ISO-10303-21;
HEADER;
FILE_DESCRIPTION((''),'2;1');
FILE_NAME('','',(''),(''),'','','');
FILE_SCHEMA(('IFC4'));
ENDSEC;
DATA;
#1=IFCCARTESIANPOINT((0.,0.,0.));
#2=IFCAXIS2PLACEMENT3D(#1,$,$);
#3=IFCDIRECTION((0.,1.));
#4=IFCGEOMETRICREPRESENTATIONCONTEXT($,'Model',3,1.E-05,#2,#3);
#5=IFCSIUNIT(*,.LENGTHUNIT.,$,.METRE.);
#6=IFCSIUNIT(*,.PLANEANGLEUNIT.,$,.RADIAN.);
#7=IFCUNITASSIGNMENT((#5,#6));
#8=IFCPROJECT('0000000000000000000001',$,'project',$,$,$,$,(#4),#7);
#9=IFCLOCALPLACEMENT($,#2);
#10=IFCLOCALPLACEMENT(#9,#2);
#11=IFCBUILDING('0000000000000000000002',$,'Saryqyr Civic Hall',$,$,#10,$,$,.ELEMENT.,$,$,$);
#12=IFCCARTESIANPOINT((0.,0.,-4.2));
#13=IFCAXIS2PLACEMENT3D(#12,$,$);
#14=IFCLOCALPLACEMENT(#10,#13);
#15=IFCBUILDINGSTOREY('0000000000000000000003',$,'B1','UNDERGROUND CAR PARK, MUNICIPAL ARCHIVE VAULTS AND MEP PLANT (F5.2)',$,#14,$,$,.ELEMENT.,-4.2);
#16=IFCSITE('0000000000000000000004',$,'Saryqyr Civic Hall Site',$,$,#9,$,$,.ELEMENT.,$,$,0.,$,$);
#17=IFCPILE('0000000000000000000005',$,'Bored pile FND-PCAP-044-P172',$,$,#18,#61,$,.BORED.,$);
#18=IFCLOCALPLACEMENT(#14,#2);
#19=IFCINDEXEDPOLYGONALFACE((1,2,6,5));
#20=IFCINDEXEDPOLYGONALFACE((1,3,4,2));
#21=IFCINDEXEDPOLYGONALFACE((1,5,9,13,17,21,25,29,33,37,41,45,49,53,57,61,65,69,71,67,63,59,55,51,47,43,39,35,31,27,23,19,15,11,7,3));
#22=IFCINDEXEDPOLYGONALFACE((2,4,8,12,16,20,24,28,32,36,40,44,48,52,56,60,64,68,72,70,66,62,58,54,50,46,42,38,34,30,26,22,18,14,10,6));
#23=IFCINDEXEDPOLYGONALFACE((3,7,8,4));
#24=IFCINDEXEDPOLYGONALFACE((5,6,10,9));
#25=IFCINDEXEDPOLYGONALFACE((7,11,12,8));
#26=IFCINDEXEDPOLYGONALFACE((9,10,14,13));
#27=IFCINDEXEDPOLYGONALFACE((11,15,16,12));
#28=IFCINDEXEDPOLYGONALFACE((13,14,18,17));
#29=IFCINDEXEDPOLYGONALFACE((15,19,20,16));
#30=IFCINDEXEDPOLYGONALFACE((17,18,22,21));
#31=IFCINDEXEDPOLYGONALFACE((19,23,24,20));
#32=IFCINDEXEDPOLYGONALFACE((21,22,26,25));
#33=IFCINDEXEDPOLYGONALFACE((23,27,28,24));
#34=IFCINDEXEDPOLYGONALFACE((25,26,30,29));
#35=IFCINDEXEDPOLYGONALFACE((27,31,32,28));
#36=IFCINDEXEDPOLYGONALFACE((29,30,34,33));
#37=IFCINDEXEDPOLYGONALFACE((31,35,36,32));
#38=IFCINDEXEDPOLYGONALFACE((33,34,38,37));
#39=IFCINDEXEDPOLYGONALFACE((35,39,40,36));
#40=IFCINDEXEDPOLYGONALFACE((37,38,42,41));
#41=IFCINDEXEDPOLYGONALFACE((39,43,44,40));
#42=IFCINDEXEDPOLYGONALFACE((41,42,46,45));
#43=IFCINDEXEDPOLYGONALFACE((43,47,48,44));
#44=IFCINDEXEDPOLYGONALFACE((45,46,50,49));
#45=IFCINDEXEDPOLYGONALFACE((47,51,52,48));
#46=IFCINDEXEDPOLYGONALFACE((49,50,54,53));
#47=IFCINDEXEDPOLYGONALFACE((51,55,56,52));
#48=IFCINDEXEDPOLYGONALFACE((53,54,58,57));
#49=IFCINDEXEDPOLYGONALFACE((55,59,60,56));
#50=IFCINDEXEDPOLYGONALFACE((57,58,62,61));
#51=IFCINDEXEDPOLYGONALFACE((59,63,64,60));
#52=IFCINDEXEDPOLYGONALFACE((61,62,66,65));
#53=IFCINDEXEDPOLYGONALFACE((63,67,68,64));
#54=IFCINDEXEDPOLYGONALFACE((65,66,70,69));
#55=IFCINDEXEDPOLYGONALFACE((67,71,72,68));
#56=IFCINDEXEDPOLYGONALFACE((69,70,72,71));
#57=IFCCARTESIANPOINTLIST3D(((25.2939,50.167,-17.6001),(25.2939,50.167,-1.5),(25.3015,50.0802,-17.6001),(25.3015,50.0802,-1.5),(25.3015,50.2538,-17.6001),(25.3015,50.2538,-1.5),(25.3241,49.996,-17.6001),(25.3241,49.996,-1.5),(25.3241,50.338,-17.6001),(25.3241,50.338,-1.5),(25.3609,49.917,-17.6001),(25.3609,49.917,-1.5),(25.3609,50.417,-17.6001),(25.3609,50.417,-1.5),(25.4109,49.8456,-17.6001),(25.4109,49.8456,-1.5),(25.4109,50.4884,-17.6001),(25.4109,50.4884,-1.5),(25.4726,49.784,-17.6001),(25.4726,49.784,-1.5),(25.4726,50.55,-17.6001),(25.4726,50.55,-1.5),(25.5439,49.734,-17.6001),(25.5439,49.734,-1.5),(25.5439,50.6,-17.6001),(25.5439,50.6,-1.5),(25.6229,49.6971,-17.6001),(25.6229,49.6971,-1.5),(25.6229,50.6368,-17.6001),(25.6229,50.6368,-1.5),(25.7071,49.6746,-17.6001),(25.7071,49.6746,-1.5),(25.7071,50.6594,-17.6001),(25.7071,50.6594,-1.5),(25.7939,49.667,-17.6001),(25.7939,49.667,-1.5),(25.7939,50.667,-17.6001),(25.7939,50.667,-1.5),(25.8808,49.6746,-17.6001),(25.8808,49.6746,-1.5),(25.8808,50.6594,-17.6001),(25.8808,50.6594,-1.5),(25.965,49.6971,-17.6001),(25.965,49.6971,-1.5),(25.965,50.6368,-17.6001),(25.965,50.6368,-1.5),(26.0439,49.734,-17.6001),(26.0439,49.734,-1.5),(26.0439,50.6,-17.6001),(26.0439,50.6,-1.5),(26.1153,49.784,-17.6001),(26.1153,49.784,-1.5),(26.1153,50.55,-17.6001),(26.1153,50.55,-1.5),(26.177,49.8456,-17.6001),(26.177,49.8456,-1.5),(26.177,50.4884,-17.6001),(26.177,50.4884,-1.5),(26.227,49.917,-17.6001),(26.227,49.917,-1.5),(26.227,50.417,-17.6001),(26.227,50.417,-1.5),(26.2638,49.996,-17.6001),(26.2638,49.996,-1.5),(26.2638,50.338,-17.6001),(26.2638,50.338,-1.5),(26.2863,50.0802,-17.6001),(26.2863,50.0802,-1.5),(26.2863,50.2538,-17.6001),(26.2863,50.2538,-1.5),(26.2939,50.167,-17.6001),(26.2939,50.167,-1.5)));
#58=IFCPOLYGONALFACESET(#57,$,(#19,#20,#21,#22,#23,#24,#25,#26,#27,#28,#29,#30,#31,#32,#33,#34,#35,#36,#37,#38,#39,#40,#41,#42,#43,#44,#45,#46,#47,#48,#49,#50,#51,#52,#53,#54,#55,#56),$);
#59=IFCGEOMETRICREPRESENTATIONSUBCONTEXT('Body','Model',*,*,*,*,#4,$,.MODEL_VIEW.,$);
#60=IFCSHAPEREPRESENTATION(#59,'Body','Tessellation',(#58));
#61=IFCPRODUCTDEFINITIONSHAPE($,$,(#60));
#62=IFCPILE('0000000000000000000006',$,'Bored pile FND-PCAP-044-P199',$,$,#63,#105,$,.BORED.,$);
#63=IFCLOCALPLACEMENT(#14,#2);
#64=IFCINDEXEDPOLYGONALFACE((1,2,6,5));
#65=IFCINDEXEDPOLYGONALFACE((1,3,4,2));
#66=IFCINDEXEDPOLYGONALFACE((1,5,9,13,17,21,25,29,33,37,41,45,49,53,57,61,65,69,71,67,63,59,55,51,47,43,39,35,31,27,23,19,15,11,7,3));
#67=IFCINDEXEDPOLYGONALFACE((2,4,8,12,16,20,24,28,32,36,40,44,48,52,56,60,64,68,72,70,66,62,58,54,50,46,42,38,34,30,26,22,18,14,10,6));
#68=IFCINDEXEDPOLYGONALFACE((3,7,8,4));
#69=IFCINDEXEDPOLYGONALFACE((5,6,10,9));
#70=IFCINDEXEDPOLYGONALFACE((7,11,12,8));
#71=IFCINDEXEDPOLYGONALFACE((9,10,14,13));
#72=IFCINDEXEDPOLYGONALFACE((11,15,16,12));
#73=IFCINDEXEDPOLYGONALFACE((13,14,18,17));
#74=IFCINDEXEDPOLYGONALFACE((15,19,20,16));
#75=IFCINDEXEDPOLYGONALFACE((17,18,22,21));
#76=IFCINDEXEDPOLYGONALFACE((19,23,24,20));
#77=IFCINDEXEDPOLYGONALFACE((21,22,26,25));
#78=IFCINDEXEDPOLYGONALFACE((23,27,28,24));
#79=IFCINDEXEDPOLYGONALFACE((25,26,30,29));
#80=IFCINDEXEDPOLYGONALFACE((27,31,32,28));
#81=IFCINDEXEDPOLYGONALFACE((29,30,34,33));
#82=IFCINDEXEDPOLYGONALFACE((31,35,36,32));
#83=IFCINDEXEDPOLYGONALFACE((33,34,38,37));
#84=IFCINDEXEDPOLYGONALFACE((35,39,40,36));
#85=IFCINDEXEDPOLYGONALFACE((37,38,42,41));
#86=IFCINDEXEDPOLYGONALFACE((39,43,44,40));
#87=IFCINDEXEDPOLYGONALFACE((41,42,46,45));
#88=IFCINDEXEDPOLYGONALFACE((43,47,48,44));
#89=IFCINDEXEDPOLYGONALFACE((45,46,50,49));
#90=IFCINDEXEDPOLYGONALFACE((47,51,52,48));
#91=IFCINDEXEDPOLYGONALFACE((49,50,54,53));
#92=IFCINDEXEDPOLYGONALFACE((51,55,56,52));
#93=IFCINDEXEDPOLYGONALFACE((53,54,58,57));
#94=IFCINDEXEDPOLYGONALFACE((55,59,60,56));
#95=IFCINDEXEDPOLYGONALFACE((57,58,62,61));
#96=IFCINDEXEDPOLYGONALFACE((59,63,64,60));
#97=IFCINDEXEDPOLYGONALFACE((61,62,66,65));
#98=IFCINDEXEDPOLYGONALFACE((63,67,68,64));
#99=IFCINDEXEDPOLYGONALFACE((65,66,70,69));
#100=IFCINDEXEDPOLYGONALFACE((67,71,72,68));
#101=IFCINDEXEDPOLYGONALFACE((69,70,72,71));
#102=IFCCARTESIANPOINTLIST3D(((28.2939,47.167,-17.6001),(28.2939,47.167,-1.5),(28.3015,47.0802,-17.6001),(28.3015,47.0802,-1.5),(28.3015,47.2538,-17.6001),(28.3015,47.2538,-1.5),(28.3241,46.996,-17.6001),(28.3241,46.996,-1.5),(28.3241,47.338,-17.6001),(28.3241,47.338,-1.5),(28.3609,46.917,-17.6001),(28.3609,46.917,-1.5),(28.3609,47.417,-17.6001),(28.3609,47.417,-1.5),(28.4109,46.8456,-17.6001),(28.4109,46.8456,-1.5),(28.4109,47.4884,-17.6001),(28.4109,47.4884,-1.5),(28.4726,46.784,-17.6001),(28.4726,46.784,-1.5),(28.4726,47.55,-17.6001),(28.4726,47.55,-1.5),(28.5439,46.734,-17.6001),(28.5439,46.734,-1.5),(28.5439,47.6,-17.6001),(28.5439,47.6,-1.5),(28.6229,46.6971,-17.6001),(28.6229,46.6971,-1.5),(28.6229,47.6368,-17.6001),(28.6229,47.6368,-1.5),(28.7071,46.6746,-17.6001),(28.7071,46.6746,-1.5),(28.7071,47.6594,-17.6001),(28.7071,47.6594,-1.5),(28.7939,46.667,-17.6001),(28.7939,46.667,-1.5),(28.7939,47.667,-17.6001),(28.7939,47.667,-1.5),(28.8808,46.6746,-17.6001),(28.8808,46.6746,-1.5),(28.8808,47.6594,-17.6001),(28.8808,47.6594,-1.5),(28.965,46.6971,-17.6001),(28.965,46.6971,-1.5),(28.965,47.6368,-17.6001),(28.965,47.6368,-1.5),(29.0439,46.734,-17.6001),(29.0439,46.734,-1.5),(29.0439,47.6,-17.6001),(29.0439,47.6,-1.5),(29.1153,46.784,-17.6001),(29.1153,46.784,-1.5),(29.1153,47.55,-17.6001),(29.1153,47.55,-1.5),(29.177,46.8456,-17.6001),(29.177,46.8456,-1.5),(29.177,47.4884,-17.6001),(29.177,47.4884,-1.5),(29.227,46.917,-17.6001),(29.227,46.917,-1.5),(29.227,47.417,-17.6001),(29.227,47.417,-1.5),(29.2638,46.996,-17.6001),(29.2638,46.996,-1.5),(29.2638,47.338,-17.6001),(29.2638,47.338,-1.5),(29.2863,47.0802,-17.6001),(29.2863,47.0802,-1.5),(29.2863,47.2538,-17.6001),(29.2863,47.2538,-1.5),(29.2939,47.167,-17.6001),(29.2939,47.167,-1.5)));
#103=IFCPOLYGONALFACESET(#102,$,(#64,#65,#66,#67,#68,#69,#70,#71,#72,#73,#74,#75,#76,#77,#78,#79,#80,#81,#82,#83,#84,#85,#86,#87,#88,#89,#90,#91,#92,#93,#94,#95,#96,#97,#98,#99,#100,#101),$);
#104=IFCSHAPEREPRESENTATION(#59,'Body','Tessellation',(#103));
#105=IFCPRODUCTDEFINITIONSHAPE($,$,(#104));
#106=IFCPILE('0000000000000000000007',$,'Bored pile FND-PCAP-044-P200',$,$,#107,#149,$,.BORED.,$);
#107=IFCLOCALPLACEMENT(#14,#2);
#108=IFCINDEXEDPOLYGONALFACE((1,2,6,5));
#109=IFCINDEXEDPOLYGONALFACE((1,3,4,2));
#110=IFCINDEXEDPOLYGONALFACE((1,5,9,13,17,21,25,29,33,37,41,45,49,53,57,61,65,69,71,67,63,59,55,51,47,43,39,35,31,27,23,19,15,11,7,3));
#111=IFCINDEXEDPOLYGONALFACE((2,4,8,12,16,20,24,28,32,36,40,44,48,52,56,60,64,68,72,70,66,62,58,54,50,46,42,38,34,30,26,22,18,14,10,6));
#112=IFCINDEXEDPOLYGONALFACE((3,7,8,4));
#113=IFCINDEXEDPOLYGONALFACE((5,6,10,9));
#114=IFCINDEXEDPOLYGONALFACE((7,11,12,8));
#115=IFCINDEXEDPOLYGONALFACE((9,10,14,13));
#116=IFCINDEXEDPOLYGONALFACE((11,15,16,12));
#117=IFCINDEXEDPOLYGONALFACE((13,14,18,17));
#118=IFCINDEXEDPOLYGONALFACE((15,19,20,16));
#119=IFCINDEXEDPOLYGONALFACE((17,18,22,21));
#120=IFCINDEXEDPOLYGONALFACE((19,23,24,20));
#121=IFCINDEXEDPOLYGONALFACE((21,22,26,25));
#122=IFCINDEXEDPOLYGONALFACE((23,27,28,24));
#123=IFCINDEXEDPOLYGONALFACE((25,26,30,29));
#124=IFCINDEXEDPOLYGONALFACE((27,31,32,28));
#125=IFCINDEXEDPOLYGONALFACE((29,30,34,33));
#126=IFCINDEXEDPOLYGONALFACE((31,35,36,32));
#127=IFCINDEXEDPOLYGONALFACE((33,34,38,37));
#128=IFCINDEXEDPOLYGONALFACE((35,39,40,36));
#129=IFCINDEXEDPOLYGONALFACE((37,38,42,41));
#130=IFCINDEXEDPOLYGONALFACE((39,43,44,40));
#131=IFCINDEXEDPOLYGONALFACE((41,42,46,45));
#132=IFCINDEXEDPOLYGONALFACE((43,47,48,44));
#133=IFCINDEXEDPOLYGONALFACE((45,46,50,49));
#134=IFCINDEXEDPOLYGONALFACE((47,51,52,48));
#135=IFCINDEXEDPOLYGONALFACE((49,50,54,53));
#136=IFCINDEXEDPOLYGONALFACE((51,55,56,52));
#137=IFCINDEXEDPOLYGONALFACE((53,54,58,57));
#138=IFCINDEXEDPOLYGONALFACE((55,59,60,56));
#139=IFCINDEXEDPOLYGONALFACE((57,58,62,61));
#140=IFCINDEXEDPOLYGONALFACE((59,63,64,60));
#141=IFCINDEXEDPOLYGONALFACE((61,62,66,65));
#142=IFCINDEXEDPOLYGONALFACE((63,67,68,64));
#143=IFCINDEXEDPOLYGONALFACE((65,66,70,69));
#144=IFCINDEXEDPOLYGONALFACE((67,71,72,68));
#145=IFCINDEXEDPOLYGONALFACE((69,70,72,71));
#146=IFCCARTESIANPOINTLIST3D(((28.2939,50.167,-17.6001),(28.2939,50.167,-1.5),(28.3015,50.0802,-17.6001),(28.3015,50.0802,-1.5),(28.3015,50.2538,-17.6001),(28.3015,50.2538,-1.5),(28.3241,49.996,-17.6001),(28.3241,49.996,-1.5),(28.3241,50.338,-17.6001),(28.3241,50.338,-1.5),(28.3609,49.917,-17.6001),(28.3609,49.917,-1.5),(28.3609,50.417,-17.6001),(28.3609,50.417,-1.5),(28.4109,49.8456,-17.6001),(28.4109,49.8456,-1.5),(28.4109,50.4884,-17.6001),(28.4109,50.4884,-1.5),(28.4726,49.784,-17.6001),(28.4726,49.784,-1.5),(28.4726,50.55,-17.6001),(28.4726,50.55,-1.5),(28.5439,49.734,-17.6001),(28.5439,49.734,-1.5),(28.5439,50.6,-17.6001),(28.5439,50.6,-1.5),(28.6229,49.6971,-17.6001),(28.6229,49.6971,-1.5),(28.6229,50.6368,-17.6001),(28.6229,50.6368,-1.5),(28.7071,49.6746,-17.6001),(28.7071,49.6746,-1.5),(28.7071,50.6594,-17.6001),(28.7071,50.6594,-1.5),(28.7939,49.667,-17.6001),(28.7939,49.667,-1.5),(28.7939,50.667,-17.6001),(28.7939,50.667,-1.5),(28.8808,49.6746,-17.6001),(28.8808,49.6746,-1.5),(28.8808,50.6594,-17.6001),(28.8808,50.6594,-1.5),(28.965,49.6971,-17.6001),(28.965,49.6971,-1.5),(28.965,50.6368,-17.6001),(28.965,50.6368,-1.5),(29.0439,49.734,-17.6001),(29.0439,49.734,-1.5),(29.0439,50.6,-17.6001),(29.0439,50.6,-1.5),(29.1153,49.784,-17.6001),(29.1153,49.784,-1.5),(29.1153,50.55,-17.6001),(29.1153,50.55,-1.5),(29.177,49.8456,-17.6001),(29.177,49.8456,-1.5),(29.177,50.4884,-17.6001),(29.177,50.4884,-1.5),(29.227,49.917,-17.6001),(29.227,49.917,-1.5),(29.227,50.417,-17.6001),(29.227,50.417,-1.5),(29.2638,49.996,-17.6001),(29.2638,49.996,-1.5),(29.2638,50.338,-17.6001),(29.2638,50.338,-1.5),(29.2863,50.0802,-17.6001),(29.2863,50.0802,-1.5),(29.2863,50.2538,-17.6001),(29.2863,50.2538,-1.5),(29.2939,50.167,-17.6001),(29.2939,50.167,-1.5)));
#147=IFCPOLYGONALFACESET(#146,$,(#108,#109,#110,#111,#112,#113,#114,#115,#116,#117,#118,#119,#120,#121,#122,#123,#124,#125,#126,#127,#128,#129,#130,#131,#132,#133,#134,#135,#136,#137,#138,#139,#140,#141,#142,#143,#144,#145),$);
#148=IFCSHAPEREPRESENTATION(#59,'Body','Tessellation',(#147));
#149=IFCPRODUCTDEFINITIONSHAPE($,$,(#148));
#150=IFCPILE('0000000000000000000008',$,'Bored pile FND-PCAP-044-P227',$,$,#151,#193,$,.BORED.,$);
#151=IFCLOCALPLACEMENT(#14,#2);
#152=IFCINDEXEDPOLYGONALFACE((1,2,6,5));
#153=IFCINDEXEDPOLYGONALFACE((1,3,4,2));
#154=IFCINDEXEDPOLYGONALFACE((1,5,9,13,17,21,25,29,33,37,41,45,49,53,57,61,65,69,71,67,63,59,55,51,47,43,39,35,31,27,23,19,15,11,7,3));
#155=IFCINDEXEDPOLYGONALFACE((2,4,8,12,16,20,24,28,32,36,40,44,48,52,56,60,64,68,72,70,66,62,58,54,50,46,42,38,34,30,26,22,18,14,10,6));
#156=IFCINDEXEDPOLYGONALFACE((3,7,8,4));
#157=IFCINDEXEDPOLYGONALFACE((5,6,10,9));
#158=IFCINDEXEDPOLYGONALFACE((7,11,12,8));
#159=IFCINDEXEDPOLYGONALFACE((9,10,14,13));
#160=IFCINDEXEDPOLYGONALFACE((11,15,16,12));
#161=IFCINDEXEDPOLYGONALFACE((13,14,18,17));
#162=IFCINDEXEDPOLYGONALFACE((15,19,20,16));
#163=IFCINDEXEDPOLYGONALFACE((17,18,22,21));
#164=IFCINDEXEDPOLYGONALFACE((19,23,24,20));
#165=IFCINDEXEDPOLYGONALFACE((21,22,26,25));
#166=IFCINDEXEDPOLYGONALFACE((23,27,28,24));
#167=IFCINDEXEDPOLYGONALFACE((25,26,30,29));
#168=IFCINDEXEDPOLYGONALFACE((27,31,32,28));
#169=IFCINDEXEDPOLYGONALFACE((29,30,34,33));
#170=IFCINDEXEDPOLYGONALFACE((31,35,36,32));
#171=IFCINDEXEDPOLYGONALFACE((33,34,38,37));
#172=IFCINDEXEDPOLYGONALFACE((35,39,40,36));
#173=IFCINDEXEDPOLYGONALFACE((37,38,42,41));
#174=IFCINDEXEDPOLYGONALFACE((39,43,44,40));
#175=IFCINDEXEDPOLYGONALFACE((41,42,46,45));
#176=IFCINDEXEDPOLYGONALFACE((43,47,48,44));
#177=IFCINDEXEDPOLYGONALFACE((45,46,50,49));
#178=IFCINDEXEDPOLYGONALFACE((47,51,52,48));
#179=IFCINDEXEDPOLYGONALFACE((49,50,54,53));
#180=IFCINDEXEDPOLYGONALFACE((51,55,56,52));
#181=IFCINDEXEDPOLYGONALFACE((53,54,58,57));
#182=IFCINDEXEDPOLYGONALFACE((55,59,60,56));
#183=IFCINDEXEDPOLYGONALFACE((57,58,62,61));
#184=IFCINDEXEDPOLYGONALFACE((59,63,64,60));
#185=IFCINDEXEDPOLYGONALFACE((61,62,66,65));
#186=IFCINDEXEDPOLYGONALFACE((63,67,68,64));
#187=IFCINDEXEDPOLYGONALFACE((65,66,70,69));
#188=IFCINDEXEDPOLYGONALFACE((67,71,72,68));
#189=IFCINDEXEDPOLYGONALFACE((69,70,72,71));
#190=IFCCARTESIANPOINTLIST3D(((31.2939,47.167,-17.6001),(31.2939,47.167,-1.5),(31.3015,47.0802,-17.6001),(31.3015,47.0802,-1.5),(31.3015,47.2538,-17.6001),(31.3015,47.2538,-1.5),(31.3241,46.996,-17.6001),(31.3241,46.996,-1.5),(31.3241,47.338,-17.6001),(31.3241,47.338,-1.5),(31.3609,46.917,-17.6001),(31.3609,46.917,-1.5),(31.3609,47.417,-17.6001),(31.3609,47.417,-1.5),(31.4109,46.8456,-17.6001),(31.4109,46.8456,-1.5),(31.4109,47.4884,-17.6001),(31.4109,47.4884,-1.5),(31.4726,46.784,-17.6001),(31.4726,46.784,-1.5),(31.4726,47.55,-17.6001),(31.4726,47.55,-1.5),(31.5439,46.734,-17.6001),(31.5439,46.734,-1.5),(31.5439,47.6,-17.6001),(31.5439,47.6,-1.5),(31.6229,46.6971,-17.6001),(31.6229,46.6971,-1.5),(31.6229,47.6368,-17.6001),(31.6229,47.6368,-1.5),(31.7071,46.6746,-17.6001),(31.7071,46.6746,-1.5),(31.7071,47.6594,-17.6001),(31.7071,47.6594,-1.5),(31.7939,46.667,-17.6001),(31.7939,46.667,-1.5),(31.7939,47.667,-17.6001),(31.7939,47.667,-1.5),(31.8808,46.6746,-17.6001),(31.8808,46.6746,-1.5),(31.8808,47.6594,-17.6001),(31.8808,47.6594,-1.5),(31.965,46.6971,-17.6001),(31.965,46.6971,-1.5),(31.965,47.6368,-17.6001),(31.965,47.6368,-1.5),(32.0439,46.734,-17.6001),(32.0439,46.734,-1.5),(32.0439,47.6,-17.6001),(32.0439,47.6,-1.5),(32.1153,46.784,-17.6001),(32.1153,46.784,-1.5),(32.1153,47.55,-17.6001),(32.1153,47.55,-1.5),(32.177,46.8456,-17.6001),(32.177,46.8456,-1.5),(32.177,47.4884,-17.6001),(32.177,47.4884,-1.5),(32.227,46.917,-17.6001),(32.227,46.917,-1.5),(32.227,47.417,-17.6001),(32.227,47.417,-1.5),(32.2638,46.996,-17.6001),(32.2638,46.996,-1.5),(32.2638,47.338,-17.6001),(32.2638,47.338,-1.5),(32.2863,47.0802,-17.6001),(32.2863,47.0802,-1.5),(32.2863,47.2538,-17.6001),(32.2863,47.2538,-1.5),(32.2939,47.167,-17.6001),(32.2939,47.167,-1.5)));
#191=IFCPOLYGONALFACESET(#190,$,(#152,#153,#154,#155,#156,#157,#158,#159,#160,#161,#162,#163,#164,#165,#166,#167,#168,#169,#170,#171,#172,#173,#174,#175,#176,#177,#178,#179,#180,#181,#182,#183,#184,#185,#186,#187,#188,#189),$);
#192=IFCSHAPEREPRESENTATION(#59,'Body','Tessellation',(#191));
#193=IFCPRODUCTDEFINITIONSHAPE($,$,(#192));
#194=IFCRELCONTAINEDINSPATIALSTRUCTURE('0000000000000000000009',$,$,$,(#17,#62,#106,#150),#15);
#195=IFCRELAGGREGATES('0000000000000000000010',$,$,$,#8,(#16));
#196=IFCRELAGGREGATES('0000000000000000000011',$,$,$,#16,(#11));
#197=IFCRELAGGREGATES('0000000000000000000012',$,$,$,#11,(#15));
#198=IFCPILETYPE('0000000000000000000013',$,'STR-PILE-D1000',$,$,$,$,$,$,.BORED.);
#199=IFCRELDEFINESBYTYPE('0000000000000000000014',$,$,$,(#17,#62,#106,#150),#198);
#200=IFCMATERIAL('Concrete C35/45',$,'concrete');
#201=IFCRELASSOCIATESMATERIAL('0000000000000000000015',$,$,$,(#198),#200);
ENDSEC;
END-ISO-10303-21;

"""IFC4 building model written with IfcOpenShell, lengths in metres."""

from ifc_helpers import new_model, si_unit, direction, frame, origin, origin_2d, place, context, subcontext, project, spatial, circle, extrude, material, material_profile, profile_set, type_object, element, save


model = new_model("IFC4")

# Units and contexts
model_context = context("Model", 3, precision=1e-05, world=origin(), true_north=direction((0.0, 1.0)))
body_context = subcontext(model_context, "Body", "Model", "MODEL_VIEW")
ifc_project = project(units=[si_unit("LENGTHUNIT", "METRE"), si_unit("PLANEANGLEUNIT", "RADIAN")], contexts=[model_context])

# Site, building, storey
site_placement = place(None, origin())
site = spatial("IfcSite", under=ifc_project, at=site_placement, Name="Saryqyr Civic Hall Site", CompositionType="ELEMENT", RefElevation=0.0)
building_placement = place(site_placement, origin())
building = spatial("IfcBuilding", under=site, at=building_placement, Name="Saryqyr Civic Hall", CompositionType="ELEMENT")
storey_placement = place(building_placement, frame((0.0, 0.0, -4.2)))
storey = spatial("IfcBuildingStorey", under=building, at=storey_placement, Name="B1", Description="UNDERGROUND CAR PARK, MUNICIPAL ARCHIVE VAULTS AND MEP PLANT (F5.2)", CompositionType="ELEMENT", Elevation=-4.2)

# Piles
ifc_material_1 = material(Name="Concrete C35/45", Category="concrete")
ifc_material_profile_1 = material_profile(ifc_material_1, circle(Radius=0.5, at=origin_2d()), Name="BORED PILE D1000")
ifc_profile_set_1 = profile_set([ifc_material_profile_1], Name="Concrete C35/45")
pile_type = type_object("IfcPileType", Name="STR-PILE-D1000", PredefinedType="BORED", material=ifc_profile_set_1)
for number, where, z_axis, x_axis, name in (
    (1, (25.7939, 50.167, -1.5), (0.0, 0.0, -1.0), (1.0, 0.0, 0.0), "Bored pile FND-PCAP-044-P172"),
    (2, (28.7939, 47.167, -1.5), (0.0, 0.0, -1.0), (1.0, 0.0, 0.0), "Bored pile FND-PCAP-044-P199"),
    (3, (28.7939, 50.167, -1.5), (0.0, 0.0, -1.0), (1.0, 0.0, 0.0), "Bored pile FND-PCAP-044-P200"),
    (4, (31.7939, 47.167, -1.5), (0.0, 0.0, -1.0), (1.0, 0.0, 0.0), "Bored pile FND-PCAP-044-P227"),
):
    element("IfcPile", number, at=place(storey_placement, frame(where, z_axis=z_axis, x_axis=x_axis)), inside=storey, type_object=pile_type, Name=name, PredefinedType="BORED", context=body_context, shape_type="SweptSolid", body=[
        extrude(circle(Radius=0.5, at=origin_2d()), origin(), (0.0, 0.0, 1.0), 16.1001),
    ])

save(model, "model.ifc")
